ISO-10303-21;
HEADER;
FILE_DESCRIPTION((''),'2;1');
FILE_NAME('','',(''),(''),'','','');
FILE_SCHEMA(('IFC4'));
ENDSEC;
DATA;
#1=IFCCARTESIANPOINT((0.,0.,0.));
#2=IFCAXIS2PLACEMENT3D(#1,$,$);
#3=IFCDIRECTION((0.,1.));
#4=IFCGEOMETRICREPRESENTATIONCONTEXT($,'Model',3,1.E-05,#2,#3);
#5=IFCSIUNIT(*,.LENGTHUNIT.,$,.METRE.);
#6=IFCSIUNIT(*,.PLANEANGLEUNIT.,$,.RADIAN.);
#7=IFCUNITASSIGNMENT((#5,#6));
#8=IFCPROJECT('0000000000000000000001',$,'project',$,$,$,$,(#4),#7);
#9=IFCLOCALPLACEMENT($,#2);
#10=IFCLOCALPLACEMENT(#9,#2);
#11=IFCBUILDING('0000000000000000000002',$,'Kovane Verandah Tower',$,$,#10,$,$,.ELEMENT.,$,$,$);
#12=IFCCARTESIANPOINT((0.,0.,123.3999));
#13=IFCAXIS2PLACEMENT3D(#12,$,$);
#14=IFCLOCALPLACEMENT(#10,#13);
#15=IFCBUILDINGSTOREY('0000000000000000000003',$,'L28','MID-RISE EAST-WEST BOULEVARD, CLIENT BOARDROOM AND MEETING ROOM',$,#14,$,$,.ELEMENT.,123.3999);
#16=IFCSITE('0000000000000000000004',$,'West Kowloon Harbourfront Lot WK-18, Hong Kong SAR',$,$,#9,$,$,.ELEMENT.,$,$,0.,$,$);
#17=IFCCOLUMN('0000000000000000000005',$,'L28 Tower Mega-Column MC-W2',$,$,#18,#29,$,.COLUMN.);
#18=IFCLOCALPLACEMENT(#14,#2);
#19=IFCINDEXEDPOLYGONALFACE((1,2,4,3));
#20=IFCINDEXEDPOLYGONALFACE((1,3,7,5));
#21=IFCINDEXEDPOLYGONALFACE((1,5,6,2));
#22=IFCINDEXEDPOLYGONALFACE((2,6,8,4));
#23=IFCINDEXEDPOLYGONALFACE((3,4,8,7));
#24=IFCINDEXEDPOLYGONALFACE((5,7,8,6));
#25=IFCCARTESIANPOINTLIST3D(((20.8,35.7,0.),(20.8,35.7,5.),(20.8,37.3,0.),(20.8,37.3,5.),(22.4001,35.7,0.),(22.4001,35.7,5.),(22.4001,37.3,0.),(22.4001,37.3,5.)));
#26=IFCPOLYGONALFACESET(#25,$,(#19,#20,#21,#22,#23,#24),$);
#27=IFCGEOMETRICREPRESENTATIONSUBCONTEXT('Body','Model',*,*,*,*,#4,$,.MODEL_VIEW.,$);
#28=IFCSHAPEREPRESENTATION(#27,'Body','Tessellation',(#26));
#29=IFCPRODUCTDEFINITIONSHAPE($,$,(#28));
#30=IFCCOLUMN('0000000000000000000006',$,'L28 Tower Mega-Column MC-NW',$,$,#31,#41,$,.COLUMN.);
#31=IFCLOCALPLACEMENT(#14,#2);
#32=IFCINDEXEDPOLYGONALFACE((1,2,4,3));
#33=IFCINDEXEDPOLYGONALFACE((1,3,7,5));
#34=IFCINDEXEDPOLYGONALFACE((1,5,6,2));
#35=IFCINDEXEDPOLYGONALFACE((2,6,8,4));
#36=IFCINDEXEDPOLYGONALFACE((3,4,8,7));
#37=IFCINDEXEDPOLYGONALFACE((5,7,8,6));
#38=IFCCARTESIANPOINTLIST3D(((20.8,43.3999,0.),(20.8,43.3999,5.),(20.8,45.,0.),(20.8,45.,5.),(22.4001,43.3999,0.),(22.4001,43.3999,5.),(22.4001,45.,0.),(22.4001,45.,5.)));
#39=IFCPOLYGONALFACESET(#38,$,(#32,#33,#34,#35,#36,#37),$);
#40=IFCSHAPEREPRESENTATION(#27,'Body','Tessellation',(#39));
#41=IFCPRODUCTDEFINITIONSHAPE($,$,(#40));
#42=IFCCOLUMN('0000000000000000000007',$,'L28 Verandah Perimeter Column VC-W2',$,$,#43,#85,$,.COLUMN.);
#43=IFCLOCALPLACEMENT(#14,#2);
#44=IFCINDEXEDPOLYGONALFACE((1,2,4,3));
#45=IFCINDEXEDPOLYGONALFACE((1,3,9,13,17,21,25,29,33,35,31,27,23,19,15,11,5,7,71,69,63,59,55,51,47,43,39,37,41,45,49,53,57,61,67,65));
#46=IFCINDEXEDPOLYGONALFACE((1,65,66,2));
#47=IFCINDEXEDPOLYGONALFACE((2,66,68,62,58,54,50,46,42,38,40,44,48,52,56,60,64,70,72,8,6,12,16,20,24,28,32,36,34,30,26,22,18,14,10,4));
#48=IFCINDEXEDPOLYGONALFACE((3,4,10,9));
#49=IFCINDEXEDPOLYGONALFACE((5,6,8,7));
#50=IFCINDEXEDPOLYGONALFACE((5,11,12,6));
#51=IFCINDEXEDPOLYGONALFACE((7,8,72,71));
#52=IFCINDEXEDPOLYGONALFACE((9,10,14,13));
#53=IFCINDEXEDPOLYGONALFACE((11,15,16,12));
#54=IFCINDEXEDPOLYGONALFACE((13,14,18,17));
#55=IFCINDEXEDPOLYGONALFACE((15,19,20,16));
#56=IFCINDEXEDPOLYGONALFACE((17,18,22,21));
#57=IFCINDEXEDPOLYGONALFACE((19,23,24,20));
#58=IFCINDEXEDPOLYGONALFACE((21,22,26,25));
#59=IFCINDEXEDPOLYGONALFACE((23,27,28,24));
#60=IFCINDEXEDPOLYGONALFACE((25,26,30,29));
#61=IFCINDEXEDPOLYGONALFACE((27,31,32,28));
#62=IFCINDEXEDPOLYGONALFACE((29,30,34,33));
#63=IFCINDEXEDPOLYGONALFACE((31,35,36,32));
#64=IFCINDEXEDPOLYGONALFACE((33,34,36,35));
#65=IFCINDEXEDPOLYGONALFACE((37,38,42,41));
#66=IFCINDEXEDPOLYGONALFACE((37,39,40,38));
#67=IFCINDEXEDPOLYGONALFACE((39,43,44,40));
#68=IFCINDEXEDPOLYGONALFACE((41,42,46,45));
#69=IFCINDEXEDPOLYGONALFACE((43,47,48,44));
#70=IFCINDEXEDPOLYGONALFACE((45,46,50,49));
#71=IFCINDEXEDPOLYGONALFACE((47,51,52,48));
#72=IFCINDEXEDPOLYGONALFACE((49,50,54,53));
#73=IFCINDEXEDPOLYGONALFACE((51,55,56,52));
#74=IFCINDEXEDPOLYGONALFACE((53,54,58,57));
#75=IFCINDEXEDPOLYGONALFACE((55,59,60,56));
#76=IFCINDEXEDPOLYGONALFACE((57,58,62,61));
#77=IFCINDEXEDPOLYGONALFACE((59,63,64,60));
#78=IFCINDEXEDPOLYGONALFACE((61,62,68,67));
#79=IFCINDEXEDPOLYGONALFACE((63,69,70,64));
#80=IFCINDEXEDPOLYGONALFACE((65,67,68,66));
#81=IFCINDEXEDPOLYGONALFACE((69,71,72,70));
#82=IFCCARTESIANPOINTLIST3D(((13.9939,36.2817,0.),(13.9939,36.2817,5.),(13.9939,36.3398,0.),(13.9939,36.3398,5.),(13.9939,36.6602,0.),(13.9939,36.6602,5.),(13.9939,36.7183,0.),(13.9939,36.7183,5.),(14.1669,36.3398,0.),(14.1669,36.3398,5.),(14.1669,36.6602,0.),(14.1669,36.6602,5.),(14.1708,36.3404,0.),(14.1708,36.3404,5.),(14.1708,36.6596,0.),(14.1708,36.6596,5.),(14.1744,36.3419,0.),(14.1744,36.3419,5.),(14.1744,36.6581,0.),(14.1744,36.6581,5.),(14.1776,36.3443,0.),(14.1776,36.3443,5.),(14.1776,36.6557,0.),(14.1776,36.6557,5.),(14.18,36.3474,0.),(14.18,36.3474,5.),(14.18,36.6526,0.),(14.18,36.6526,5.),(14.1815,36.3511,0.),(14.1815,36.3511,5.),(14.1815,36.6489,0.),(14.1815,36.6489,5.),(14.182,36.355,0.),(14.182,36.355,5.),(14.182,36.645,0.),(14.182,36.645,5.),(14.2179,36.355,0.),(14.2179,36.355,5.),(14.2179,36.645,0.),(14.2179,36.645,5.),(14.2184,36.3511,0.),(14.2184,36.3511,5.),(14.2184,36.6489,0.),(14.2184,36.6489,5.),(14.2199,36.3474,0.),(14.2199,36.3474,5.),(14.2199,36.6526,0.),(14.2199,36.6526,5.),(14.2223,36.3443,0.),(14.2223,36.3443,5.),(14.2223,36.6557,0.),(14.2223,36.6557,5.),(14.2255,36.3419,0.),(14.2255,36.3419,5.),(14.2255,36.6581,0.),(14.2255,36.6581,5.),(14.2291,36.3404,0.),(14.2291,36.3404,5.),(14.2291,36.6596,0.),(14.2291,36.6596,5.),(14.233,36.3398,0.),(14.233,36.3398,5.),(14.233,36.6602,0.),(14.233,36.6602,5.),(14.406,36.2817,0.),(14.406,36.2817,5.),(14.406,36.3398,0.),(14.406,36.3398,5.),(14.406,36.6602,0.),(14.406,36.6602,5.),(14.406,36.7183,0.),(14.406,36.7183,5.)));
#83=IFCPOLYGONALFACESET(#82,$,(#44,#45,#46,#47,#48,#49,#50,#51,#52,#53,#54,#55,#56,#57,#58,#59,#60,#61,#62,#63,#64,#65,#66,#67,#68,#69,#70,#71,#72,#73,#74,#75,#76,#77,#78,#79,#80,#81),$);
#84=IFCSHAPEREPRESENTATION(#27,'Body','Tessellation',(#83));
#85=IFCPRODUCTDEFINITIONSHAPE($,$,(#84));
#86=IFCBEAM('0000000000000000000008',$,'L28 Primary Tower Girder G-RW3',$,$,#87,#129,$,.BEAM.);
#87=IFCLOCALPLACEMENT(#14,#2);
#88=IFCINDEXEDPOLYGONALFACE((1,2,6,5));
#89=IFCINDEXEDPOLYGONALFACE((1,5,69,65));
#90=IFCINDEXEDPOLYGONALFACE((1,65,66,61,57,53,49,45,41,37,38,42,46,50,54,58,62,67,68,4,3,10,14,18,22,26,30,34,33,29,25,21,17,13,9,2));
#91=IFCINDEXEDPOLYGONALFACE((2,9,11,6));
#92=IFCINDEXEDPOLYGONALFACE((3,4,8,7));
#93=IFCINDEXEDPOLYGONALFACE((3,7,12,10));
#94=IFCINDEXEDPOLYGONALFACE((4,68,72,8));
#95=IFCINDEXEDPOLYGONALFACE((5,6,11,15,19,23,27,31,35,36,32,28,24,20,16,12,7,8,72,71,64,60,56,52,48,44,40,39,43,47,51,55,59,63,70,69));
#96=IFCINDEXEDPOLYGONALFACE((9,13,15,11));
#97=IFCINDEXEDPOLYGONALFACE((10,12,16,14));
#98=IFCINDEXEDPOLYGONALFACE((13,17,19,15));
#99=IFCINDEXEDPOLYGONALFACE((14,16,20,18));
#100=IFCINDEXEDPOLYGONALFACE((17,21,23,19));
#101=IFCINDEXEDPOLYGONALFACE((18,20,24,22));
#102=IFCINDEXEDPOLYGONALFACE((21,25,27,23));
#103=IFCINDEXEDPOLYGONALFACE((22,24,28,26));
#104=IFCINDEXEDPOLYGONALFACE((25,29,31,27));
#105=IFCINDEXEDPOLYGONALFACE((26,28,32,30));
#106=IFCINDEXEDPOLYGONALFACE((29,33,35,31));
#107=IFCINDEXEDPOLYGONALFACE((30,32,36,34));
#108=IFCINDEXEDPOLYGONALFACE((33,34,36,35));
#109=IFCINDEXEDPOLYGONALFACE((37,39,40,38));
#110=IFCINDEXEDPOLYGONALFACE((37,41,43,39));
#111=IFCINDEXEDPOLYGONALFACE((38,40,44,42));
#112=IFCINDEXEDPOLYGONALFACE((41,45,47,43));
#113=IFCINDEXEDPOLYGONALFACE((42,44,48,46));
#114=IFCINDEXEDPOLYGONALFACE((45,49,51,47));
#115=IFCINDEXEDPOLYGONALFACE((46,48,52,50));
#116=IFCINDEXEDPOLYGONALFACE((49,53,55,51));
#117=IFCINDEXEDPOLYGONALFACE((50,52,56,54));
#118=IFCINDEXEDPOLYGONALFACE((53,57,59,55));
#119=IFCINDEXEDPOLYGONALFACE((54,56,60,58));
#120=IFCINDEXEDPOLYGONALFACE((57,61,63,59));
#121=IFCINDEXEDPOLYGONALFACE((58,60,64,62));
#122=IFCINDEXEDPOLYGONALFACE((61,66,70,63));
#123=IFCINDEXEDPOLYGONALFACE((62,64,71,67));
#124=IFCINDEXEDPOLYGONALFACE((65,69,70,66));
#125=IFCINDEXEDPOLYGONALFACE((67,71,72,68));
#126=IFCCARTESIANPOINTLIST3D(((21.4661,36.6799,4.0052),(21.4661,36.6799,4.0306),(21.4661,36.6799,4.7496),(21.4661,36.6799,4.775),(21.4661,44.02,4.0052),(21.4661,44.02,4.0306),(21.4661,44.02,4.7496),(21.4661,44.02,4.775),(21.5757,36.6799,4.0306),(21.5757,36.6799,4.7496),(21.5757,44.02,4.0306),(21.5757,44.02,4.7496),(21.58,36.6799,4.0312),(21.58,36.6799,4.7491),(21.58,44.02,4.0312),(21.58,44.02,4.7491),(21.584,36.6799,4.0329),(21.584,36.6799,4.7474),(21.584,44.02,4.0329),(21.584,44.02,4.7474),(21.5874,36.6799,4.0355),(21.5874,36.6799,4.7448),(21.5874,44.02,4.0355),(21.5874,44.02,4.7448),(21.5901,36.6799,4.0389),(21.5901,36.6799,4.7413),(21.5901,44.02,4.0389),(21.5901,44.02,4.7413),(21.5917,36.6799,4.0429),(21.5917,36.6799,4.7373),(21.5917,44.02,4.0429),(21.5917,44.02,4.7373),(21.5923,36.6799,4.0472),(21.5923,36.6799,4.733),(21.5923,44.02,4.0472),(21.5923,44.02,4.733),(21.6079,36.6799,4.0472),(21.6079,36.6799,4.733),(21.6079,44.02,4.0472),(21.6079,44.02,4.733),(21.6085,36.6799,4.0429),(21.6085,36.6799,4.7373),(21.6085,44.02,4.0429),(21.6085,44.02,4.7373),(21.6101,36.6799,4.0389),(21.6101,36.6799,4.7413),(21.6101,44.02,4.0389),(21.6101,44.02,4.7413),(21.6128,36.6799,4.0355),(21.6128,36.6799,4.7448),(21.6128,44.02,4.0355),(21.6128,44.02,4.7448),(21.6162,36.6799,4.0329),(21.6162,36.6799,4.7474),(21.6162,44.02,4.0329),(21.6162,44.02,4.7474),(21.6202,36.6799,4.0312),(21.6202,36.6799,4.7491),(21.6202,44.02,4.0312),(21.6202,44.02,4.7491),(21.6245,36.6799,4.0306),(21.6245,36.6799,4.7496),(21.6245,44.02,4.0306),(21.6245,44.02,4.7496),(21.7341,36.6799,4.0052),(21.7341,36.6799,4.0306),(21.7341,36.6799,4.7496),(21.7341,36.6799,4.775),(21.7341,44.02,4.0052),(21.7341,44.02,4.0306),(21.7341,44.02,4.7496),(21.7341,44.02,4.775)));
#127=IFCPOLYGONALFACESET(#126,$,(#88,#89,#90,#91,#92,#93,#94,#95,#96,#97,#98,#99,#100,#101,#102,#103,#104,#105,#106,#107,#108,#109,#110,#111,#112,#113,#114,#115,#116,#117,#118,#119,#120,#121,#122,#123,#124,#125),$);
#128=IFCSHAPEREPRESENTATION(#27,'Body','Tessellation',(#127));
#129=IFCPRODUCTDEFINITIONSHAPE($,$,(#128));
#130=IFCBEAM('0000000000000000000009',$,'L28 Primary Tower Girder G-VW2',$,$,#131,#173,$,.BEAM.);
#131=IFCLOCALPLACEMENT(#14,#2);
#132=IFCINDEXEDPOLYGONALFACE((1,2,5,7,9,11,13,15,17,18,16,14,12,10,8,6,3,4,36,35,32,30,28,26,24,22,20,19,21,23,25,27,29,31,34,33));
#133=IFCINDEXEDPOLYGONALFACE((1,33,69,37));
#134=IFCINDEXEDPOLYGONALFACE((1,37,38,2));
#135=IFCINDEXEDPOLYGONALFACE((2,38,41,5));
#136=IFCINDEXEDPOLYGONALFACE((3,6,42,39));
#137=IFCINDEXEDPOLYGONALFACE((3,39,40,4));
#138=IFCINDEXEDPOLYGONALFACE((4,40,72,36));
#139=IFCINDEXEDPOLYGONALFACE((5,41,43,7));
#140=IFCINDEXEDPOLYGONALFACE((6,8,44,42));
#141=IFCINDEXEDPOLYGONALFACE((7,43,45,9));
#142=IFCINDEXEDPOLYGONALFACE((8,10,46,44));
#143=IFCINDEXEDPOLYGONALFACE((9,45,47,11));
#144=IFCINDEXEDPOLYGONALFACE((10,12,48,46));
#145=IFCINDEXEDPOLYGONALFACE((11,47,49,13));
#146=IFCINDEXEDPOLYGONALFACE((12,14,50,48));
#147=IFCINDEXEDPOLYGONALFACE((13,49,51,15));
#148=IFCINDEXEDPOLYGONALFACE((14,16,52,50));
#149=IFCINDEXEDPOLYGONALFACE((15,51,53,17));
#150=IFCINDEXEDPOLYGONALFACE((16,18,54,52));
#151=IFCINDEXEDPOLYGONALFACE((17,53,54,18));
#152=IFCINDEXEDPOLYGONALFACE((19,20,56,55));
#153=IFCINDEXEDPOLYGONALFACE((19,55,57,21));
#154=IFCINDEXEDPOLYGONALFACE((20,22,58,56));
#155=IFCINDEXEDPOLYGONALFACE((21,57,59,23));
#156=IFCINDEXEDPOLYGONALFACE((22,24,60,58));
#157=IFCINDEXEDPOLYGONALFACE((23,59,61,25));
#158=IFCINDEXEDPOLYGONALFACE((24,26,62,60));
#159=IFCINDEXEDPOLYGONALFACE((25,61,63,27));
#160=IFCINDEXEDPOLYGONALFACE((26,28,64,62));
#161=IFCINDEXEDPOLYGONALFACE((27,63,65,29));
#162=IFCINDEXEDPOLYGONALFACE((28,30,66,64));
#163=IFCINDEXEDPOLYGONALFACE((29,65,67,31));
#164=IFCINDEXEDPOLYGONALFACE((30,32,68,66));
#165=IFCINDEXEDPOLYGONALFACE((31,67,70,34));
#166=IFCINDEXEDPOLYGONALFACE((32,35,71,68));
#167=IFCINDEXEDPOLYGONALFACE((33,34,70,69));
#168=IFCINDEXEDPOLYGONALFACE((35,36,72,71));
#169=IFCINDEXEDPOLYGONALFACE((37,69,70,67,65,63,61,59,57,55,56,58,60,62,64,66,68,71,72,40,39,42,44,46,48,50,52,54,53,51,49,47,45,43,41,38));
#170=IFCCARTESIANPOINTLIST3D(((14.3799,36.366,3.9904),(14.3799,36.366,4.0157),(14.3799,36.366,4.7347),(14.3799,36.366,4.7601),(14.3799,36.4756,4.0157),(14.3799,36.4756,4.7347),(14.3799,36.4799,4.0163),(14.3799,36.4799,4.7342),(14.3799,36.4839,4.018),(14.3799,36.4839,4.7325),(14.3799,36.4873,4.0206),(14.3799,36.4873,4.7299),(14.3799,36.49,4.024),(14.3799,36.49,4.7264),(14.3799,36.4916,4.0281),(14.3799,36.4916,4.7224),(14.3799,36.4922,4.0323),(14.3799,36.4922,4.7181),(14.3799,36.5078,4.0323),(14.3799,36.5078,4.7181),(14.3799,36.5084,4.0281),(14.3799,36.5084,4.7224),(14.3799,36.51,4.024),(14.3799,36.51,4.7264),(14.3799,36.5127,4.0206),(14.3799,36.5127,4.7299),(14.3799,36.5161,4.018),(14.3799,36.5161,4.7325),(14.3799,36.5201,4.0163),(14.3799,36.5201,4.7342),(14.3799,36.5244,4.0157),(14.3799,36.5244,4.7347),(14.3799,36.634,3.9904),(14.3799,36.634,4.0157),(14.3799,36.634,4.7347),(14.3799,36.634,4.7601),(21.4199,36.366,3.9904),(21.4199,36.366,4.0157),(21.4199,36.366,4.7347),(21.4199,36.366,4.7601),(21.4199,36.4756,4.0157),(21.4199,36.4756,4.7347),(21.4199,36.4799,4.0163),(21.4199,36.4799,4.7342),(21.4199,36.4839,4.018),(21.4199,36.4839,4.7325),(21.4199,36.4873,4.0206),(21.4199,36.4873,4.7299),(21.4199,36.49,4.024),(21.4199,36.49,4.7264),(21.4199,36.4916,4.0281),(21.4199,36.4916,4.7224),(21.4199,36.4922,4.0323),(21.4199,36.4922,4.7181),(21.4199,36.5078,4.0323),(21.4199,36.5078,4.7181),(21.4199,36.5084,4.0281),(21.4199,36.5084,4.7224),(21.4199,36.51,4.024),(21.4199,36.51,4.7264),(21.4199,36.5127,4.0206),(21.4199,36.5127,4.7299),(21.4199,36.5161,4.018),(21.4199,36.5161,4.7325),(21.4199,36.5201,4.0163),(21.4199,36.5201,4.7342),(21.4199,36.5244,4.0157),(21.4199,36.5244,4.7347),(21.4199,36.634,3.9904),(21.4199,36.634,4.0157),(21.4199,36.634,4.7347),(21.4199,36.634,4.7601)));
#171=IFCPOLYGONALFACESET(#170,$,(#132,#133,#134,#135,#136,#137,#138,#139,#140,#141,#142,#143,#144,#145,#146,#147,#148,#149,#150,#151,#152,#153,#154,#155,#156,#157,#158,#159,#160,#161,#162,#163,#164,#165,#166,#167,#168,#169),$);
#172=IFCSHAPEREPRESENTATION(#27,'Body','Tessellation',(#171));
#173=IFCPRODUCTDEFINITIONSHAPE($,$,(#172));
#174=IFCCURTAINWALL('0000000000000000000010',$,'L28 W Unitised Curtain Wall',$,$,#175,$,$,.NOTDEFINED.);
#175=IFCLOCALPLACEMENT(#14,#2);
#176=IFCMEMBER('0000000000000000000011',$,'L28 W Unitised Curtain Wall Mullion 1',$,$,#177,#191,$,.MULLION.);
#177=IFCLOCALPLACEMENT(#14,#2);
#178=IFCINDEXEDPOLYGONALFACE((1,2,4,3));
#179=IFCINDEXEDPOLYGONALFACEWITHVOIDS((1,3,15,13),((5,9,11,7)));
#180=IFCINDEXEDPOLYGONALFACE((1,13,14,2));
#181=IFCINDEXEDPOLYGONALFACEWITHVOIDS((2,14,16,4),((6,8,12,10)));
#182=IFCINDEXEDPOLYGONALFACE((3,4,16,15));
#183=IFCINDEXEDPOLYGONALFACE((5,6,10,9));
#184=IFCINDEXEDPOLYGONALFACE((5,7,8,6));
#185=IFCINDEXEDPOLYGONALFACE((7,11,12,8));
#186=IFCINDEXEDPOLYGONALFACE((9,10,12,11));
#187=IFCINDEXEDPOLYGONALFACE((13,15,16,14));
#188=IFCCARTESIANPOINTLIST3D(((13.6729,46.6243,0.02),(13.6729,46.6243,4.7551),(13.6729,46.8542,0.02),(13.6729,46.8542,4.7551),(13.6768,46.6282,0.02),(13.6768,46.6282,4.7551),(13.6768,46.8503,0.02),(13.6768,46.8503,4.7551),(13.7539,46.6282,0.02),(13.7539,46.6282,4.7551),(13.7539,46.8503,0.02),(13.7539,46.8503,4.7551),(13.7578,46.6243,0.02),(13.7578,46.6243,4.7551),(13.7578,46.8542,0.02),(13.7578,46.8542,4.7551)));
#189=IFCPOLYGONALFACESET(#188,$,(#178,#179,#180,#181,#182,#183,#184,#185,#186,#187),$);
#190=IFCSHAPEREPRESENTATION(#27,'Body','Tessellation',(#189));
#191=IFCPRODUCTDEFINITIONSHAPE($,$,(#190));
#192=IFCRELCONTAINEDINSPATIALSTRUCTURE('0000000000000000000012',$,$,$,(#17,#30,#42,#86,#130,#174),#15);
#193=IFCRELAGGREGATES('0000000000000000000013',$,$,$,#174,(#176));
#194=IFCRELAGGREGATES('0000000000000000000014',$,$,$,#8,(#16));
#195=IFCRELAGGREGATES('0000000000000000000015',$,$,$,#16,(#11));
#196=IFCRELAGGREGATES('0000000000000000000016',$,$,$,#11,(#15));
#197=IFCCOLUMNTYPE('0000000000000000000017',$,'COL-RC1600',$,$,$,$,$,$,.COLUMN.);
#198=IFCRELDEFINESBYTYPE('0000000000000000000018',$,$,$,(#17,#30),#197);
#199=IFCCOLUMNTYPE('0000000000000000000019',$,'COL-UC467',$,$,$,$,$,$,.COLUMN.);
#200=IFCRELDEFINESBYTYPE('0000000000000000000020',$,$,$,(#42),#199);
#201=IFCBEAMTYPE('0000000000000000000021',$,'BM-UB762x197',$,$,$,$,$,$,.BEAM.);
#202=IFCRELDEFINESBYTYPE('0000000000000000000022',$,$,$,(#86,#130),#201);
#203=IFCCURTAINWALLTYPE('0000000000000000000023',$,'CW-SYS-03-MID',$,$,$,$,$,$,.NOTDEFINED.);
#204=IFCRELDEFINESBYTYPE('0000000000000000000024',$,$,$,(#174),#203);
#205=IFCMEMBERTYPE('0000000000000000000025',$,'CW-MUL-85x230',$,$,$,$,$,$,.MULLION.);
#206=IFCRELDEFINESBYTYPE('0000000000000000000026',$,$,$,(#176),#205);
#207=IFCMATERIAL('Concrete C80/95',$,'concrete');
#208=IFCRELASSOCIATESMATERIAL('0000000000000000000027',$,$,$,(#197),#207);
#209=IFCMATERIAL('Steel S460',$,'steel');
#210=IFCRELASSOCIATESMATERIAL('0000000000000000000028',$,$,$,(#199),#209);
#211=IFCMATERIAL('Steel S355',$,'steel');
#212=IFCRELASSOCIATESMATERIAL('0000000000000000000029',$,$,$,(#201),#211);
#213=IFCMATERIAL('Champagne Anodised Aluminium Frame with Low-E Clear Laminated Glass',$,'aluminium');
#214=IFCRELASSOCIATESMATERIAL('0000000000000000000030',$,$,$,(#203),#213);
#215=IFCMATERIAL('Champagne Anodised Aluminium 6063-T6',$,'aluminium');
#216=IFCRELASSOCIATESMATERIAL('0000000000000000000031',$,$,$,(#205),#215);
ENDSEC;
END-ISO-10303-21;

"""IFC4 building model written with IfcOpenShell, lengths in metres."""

from ifc_helpers import new_model, si_unit, direction, frame, origin, origin_2d, place, context, subcontext, project, spatial, rectangle, hollow_rectangle, i_section, extrude, material, material_profile, profile_set, type_object, element, aggregate, save


model = new_model("IFC4")

# Units and contexts
model_context = context("Model", 3, precision=1e-05, world=origin(), true_north=direction((0.0, 1.0)))
body_context = subcontext(model_context, "Body", "Model", "MODEL_VIEW")
ifc_project = project(units=[si_unit("LENGTHUNIT", "METRE"), si_unit("PLANEANGLEUNIT", "RADIAN")], contexts=[model_context])

# Site, building, storey
site_placement = place(None, origin())
site = spatial("IfcSite", under=ifc_project, at=site_placement, Name="West Kowloon Harbourfront Lot WK-18, Hong Kong SAR", CompositionType="ELEMENT", RefElevation=0.0)
building_placement = place(site_placement, origin())
building = spatial("IfcBuilding", under=site, at=building_placement, Name="Kovane Verandah Tower", CompositionType="ELEMENT")
storey_placement = place(building_placement, frame((0.0, 0.0, 123.3999)))
storey = spatial("IfcBuildingStorey", under=building, at=storey_placement, Name="L28", Description="MID-RISE EAST-WEST BOULEVARD, CLIENT BOARDROOM AND MEETING ROOM", CompositionType="ELEMENT", Elevation=123.3999)

# Columns
ifc_material_1 = material(Name="Concrete C80/95", Category="concrete")
ifc_material_profile_1 = material_profile(ifc_material_1, rectangle(XDim=1.6001, YDim=1.6001, at=origin_2d()), Name="RC1600x1600")
ifc_profile_set_1 = profile_set([ifc_material_profile_1], Name="Concrete C80/95")
column_type_1 = type_object("IfcColumnType", Name="COL-RC1600", PredefinedType="COLUMN", material=ifc_profile_set_1)
for number, where, z_axis, x_axis, name in (
    (1, (21.6001, 36.5, 0.0), (0.0, 0.0, 1.0), (1.0, 0.0, 0.0), "L28 Tower Mega-Column MC-W2"),
    (2, (21.6001, 44.2, 0.0), (0.0, 0.0, 1.0), (1.0, 0.0, 0.0), "L28 Tower Mega-Column MC-NW"),
):
    element("IfcColumn", number, at=place(storey_placement, frame(where, z_axis=z_axis, x_axis=x_axis)), inside=storey, type_object=column_type_1, Name=name, PredefinedType="COLUMN", context=body_context, shape_type="SweptSolid", body=[
        extrude(rectangle(XDim=1.6001, YDim=1.6001, at=origin_2d()), origin(), (0.0, 0.0, 1.0), 5.0),
    ])
ifc_material_2 = material(Name="Steel S460", Category="steel")
ifc_material_profile_2 = material_profile(ifc_material_2, i_section(OverallWidth=0.4121, OverallDepth=0.4365, WebThickness=0.0359, FlangeThickness=0.0581, FilletRadius=0.0151, at=origin_2d()), Name="UC356x406x467")
ifc_profile_set_2 = profile_set([ifc_material_profile_2], Name="Steel S460")
column_type_2 = type_object("IfcColumnType", Name="COL-UC467", PredefinedType="COLUMN", material=ifc_profile_set_2)
column_placement = place(storey_placement, frame((14.2, 36.5, 0.0), z_axis=(0.0, 0.0, 1.0), x_axis=(1.0, 0.0, 0.0)))
element("IfcColumn", 3, at=column_placement, inside=storey, type_object=column_type_2, Name="L28 Verandah Perimeter Column VC-W2", PredefinedType="COLUMN", context=body_context, shape_type="SweptSolid", body=[
    extrude(i_section(OverallWidth=0.4121, OverallDepth=0.4365, WebThickness=0.0359, FlangeThickness=0.0581, FilletRadius=0.0151, at=origin_2d()), origin(), (0.0, 0.0, 1.0), 5.0),
])

# Beams
ifc_material_3 = material(Name="Steel S355", Category="steel")
ifc_material_profile_3 = material_profile(ifc_material_3, i_section(OverallWidth=0.2681, OverallDepth=0.7698, WebThickness=0.0156, FlangeThickness=0.0254, FilletRadius=0.0166, at=origin_2d()), Name="UB762x267x197")
ifc_profile_set_3 = profile_set([ifc_material_profile_3], Name="Steel S355")
beam_type = type_object("IfcBeamType", Name="BM-UB762x197", PredefinedType="BEAM", material=ifc_profile_set_3)
beam_1_placement = place(storey_placement, frame((21.6001, 36.6799, 4.3901), z_axis=(0.0, 1.0, 0.0), x_axis=(-1.0, 0.0, 0.0)))
element("IfcBeam", 4, at=beam_1_placement, inside=storey, type_object=beam_type, Name="L28 Primary Tower Girder G-RW3", PredefinedType="BEAM", context=body_context, shape_type="SweptSolid", body=[
    extrude(i_section(OverallWidth=0.2681, OverallDepth=0.7698, WebThickness=0.0156, FlangeThickness=0.0254, FilletRadius=0.0166, at=origin_2d()), origin(), (0.0, 0.0, 1.0), 7.3401),
])
beam_2_placement = place(storey_placement, frame((21.4199, 36.5, 4.3752), z_axis=(-1.0, 0.0, 0.0), x_axis=(0.0, -1.0, 0.0)))
element("IfcBeam", 5, at=beam_2_placement, inside=storey, type_object=beam_type, Name="L28 Primary Tower Girder G-VW2", PredefinedType="BEAM", context=body_context, shape_type="SweptSolid", body=[
    extrude(i_section(OverallWidth=0.2681, OverallDepth=0.7698, WebThickness=0.0156, FlangeThickness=0.0254, FilletRadius=0.0166, at=origin_2d()), origin(), (0.0, 0.0, 1.0), 7.04),
])

# Curtain wall, member
ifc_material_4 = material(Name="Champagne Anodised Aluminium Frame with Low-E Clear Laminated Glass", Category="aluminium")
curtain_wall_type = type_object("IfcCurtainWallType", Name="CW-SYS-03-MID", PredefinedType="NOTDEFINED", material=ifc_material_4)
curtain_wall_placement = place(storey_placement, origin())
curtain_wall = element("IfcCurtainWall", 6, at=curtain_wall_placement, inside=storey, type_object=curtain_wall_type, Name="L28 W Unitised Curtain Wall", PredefinedType="NOTDEFINED")
ifc_material_5 = material(Name="Champagne Anodised Aluminium 6063-T6", Category="aluminium")
ifc_material_profile_4 = material_profile(ifc_material_5, hollow_rectangle(XDim=0.085, YDim=0.23, WallThickness=0.0039, at=origin_2d()), Name="AL85x230x4")
ifc_profile_set_4 = profile_set([ifc_material_profile_4], Name="Champagne Anodised Aluminium 6063-T6")
member_type_1 = type_object("IfcMemberType", Name="CW-MUL-85x230", PredefinedType="MULLION", material=ifc_profile_set_4)
member_1_placement = place(storey_placement, frame((13.7153, 46.7393, 0.02), z_axis=(0.0, 0.0, 1.0), x_axis=(-1.0, 0.0, 0.0)))
member_1 = element("IfcMember", 7, at=member_1_placement, type_object=member_type_1, Name="L28 W Unitised Curtain Wall Mullion 1", PredefinedType="MULLION", context=body_context, shape_type="SweptSolid", body=[
    extrude(hollow_rectangle(XDim=0.085, YDim=0.23, WallThickness=0.0039, at=origin_2d()), origin(), (0.0, 0.0, 1.0), 4.7351),
])
aggregate(curtain_wall, [member_1])

save(model, "model.ifc")
